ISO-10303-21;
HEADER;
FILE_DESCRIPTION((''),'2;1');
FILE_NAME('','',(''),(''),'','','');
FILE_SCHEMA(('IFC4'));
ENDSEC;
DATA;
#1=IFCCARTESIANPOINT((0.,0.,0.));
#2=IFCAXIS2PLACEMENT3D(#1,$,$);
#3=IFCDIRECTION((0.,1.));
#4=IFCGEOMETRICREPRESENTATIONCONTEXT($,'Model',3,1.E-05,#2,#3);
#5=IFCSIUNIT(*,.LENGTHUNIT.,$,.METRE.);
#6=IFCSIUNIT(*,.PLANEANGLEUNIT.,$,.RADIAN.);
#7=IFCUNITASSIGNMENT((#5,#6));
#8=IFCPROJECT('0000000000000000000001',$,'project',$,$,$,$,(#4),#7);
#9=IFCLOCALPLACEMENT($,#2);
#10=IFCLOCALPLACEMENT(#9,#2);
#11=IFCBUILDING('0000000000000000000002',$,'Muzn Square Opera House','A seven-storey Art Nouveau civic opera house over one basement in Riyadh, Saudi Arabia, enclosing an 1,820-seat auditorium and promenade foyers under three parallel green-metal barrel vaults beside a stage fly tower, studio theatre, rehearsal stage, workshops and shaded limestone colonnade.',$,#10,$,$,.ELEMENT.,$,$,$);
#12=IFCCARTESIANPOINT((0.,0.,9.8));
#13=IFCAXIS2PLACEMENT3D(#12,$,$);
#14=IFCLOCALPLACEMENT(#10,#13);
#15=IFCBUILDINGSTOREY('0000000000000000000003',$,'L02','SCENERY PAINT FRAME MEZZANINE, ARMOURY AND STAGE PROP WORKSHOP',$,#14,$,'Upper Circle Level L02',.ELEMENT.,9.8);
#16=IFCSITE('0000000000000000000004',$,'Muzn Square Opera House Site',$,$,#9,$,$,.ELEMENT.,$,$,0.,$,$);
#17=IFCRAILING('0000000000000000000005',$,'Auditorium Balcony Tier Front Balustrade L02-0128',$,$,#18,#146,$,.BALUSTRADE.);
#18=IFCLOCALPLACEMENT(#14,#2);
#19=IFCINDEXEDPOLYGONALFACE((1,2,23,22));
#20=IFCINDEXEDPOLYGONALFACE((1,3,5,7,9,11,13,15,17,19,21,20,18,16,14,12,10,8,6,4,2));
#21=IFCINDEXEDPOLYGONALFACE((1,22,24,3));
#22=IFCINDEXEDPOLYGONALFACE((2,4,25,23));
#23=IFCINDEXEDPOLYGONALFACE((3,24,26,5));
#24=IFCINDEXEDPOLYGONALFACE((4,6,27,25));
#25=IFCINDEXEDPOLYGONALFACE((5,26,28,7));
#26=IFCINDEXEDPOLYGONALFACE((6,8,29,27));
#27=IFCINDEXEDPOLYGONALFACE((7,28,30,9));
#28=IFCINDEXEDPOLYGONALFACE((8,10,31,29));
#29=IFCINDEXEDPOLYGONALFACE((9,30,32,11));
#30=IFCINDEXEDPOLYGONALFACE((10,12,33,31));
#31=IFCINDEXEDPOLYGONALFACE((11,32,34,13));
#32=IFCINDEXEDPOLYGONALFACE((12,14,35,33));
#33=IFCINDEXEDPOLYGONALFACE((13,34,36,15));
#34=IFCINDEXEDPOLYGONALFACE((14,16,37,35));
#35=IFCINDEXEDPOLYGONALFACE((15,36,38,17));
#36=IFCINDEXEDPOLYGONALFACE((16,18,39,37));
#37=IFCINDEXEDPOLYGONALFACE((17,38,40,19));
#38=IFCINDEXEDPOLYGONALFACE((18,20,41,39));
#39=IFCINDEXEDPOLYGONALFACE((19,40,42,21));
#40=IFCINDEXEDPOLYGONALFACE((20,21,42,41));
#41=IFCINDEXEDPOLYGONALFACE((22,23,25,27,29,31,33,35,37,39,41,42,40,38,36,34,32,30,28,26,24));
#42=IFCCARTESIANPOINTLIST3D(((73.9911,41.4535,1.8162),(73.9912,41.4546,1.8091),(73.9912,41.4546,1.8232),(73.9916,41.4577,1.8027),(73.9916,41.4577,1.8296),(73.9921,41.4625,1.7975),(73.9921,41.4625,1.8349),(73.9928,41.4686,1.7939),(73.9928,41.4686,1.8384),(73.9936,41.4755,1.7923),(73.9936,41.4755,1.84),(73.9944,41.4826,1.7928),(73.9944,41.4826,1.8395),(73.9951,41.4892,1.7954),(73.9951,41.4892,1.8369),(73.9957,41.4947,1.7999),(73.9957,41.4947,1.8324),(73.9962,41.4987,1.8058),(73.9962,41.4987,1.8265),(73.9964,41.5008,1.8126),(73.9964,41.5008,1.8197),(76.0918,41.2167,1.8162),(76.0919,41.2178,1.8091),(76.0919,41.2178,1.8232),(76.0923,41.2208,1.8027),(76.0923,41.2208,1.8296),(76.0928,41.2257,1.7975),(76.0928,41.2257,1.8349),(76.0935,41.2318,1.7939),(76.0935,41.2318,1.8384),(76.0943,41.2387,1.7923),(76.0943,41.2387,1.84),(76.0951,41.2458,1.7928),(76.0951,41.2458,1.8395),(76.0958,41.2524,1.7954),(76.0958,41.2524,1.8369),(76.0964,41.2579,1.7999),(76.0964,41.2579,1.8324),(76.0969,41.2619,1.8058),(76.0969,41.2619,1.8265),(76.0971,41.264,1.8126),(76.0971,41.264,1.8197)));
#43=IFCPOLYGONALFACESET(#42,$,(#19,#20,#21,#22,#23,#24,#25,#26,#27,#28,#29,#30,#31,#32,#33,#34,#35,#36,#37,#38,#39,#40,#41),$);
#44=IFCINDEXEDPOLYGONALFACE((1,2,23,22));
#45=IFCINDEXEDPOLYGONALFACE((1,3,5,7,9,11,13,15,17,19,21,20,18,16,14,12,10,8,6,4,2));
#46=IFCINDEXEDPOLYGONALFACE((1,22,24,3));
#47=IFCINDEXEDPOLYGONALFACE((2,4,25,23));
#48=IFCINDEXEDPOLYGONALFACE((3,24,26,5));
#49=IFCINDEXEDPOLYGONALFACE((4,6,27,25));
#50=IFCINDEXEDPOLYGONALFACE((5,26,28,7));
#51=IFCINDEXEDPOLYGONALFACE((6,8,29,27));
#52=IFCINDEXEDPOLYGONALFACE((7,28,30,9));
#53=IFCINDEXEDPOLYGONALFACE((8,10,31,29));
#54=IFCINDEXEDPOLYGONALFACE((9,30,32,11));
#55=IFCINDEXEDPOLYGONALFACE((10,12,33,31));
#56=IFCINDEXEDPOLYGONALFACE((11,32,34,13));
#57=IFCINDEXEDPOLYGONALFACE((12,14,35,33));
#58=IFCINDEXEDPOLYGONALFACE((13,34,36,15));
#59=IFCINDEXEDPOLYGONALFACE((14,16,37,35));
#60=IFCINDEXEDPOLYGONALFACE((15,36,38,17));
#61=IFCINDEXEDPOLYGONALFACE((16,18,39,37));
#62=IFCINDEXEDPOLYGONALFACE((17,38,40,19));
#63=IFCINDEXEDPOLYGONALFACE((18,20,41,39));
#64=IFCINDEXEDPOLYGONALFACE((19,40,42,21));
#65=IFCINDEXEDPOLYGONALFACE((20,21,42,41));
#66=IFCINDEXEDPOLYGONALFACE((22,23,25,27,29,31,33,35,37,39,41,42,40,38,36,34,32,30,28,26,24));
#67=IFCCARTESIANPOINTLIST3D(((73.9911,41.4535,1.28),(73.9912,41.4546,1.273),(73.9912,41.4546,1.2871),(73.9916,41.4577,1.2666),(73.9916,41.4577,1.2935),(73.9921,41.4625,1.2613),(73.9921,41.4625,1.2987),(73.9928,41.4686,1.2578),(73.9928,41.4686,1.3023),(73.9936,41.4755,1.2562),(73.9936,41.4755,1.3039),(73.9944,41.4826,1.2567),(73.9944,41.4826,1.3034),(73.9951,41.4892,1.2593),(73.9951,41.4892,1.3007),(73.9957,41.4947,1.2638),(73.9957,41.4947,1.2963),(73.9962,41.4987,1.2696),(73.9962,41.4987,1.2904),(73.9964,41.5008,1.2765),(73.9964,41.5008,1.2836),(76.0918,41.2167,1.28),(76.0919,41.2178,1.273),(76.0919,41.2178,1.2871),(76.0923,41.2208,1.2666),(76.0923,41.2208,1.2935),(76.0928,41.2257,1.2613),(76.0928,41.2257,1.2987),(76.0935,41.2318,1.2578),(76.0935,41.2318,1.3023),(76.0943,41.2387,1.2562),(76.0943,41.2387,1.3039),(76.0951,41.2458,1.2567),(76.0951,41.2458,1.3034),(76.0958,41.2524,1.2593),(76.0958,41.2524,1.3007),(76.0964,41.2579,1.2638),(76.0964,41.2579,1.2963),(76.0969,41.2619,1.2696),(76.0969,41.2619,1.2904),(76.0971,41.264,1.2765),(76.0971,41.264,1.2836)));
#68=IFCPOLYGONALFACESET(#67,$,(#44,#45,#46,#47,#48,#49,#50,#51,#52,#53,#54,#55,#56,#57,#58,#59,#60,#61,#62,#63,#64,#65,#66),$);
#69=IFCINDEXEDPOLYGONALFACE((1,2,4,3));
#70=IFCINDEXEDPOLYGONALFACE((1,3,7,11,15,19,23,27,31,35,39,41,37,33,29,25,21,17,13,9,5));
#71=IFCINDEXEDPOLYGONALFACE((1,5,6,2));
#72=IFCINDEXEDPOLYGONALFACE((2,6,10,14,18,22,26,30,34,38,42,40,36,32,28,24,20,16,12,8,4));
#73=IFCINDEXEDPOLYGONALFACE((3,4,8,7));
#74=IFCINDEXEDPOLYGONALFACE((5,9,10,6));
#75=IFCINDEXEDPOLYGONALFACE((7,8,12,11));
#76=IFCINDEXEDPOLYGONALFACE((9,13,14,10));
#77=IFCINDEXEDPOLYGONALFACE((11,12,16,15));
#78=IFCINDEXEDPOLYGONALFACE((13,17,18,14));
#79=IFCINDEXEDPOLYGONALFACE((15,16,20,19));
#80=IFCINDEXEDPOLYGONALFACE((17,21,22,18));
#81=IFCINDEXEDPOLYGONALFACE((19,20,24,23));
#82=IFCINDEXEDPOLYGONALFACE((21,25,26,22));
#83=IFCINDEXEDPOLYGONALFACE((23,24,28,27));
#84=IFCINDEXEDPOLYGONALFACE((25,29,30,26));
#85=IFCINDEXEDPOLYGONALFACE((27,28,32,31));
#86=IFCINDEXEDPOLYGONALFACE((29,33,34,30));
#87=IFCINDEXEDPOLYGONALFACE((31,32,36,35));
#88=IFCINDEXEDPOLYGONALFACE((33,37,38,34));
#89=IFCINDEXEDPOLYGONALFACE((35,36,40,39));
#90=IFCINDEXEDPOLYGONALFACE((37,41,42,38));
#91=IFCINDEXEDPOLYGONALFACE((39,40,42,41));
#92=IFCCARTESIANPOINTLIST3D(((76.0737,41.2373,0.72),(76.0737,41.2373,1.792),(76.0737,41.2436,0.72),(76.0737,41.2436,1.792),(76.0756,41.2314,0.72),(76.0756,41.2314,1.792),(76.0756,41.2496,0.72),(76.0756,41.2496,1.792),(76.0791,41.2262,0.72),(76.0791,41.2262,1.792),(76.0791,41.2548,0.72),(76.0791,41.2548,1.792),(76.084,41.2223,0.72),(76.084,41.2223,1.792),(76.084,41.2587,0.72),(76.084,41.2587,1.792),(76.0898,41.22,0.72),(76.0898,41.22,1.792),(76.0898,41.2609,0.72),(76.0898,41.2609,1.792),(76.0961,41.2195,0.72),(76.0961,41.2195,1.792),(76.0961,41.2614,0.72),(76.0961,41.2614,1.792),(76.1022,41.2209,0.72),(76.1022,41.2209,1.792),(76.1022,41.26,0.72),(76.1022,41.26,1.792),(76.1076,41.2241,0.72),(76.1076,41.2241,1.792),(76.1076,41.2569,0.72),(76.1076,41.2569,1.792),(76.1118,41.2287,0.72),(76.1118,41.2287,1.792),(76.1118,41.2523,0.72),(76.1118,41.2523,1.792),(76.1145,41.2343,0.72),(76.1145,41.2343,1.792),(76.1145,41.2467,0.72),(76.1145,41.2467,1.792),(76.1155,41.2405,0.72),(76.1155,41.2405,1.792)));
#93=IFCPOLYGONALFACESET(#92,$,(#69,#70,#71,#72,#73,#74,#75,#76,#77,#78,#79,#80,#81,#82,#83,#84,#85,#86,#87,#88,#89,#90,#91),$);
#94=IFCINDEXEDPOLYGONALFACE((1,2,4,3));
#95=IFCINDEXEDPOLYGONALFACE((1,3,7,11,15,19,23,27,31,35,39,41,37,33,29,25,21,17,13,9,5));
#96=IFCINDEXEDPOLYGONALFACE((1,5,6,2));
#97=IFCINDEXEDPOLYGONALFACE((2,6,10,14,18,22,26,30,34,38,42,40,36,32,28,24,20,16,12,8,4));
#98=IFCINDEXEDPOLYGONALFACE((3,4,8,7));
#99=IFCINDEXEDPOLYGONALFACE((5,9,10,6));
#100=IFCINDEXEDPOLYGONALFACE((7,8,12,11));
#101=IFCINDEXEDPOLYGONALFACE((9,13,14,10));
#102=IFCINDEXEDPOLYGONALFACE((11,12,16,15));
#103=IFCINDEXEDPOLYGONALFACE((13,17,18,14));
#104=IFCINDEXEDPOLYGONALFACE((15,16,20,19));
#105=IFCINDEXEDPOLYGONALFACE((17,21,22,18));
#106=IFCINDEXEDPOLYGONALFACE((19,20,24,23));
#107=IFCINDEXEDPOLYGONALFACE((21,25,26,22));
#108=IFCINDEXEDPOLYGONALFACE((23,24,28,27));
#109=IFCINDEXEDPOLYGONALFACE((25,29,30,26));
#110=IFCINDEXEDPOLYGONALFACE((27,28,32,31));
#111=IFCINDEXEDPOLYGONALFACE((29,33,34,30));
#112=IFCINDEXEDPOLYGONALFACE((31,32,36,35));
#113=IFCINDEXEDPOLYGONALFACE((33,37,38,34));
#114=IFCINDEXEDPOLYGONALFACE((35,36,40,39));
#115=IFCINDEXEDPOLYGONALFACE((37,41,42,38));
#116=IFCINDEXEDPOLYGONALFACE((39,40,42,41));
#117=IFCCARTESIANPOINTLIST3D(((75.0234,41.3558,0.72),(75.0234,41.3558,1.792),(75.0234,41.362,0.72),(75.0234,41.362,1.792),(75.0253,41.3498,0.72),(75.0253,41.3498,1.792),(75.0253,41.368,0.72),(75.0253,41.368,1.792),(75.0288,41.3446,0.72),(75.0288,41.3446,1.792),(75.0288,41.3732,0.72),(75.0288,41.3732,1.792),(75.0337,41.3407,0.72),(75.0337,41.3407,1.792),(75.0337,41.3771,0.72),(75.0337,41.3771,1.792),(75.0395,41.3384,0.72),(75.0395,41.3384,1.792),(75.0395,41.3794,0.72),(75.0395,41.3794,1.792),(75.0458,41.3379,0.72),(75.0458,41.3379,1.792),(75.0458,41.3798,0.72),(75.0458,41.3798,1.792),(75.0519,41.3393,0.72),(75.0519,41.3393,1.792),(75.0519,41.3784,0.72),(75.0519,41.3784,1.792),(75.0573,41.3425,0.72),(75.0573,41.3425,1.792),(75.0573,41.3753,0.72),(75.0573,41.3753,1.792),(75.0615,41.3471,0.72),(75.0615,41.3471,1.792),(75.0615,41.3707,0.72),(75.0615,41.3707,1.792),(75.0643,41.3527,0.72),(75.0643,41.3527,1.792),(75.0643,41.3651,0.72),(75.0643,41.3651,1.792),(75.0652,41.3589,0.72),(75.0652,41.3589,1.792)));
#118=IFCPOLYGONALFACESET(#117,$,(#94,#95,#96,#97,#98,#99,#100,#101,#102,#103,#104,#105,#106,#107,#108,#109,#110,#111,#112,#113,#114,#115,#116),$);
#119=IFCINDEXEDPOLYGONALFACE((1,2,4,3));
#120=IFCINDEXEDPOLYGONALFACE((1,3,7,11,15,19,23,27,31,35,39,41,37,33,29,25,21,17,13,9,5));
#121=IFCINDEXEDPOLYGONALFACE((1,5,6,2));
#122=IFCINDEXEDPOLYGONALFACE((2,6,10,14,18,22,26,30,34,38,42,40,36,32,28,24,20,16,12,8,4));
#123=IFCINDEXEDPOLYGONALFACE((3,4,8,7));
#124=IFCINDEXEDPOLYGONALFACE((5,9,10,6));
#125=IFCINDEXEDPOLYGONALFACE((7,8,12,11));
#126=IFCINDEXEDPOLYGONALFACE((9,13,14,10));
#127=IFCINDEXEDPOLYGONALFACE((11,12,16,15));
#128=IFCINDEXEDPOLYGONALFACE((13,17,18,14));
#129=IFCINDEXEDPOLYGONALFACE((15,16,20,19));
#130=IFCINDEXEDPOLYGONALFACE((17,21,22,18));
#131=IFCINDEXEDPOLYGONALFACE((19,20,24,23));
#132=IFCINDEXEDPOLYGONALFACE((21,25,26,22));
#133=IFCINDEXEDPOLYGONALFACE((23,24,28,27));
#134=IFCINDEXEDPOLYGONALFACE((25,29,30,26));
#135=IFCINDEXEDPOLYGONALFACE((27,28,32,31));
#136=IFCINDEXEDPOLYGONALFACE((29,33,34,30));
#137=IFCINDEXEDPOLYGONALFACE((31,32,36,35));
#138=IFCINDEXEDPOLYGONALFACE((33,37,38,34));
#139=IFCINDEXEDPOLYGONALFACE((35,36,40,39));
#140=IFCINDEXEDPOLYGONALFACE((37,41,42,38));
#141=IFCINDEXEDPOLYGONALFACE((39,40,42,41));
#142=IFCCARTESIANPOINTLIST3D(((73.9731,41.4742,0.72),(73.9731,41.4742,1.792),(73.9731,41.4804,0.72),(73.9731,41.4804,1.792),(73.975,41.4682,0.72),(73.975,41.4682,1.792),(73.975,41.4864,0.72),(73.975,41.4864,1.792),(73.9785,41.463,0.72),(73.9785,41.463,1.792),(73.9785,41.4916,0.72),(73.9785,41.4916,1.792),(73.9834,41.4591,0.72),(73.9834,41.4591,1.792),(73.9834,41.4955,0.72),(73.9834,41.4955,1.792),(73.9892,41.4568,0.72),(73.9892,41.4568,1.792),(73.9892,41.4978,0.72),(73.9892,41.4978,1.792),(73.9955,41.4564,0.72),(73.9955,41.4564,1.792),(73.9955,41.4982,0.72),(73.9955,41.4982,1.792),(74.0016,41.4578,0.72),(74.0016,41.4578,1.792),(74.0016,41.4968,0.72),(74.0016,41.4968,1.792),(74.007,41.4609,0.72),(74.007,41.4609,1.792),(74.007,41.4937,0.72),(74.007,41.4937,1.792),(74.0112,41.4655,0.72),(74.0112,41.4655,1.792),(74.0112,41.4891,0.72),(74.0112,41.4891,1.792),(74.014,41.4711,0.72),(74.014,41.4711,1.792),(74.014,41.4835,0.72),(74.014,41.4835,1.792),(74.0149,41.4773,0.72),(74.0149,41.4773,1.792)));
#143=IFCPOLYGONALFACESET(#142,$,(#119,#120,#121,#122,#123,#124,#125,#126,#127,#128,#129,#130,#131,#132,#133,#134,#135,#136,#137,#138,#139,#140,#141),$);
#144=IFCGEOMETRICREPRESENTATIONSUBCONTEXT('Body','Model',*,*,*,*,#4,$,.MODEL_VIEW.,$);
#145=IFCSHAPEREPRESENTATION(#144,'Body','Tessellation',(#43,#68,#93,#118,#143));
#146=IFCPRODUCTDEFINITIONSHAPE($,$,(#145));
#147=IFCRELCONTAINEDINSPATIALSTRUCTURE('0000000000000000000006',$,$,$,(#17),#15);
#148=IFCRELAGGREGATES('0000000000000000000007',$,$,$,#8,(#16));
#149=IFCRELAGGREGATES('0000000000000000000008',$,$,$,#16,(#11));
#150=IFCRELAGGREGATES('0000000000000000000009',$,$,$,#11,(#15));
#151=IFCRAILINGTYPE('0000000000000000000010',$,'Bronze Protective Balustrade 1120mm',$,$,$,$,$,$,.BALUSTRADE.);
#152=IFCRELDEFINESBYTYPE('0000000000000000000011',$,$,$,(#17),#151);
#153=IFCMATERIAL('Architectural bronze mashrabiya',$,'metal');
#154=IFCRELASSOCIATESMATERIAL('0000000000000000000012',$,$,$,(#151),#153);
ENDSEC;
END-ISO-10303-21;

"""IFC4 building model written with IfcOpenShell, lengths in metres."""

from ifc_helpers import new_model, si_unit, direction, frame, origin, origin_2d, place, context, subcontext, project, spatial, circle, extrude, material, type_object, element, save


model = new_model("IFC4")

# Units and contexts
model_context = context("Model", 3, precision=1e-05, world=origin(), true_north=direction((0.0, 1.0)))
body_context = subcontext(model_context, "Body", "Model", "MODEL_VIEW")
ifc_project = project(units=[si_unit("LENGTHUNIT", "METRE"), si_unit("PLANEANGLEUNIT", "RADIAN")], contexts=[model_context])

# Site, building, storey
site_placement = place(None, origin())
site = spatial("IfcSite", under=ifc_project, at=site_placement, Name="Muzn Square Opera House Site", CompositionType="ELEMENT", RefElevation=0.0)
building_placement = place(site_placement, origin())
building = spatial("IfcBuilding", under=site, at=building_placement, Name="Muzn Square Opera House", Description="A seven-storey Art Nouveau civic opera house over one basement in Riyadh, Saudi Arabia, enclosing an 1,820-seat auditorium and promenade foyers under three parallel green-metal barrel vaults beside a stage fly tower, studio theatre, rehearsal stage, workshops and shaded limestone colonnade.", CompositionType="ELEMENT")
storey_placement = place(building_placement, frame((0.0, 0.0, 9.8)))
storey = spatial("IfcBuildingStorey", under=building, at=storey_placement, Name="L02", Description="SCENERY PAINT FRAME MEZZANINE, ARMOURY AND STAGE PROP WORKSHOP", LongName="Upper Circle Level L02", CompositionType="ELEMENT", Elevation=9.8)

# Railing
ifc_material_1 = material(Name="Architectural bronze mashrabiya", Category="metal")
railing_type = type_object("IfcRailingType", Name="Bronze Protective Balustrade 1120mm", PredefinedType="BALUSTRADE", material=ifc_material_1)
railing_1_placement = place(storey_placement, frame((76.0945, 41.2405, 0.72)))
element("IfcRailing", 1, at=railing_1_placement, inside=storey, type_object=railing_type, Name="Auditorium Balcony Tier Front Balustrade L02-0128", PredefinedType="BALUSTRADE", context=body_context, shape_type="SweptSolid", body=[
    extrude(circle(Radius=0.0239, at=origin_2d()), frame((0.0, 0.0, 1.0962), z_axis=(-0.993705, 0.112029, 0.0), x_axis=(-0.112029, -0.993705, 0.0)), (0.0, 0.0, 1.0), 2.114),
    extrude(circle(Radius=0.0239, at=origin_2d()), frame((0.0, 0.0, 0.5601), z_axis=(-0.993705, 0.112029, 0.0), x_axis=(-0.112029, -0.993705, 0.0)), (0.0, 0.0, 1.0), 2.114),
    extrude(circle(Radius=0.021, at=origin_2d()), origin(), (0.0, 0.0, 1.0), 1.072),
    extrude(circle(Radius=0.021, at=origin_2d()), frame((-1.0503, 0.1184, 0.0)), (0.0, 0.0, 1.0), 1.072),
    extrude(circle(Radius=0.021, at=origin_2d()), frame((-2.1006, 0.2368, 0.0)), (0.0, 0.0, 1.0), 1.072),
])

save(model, "model.ifc")
